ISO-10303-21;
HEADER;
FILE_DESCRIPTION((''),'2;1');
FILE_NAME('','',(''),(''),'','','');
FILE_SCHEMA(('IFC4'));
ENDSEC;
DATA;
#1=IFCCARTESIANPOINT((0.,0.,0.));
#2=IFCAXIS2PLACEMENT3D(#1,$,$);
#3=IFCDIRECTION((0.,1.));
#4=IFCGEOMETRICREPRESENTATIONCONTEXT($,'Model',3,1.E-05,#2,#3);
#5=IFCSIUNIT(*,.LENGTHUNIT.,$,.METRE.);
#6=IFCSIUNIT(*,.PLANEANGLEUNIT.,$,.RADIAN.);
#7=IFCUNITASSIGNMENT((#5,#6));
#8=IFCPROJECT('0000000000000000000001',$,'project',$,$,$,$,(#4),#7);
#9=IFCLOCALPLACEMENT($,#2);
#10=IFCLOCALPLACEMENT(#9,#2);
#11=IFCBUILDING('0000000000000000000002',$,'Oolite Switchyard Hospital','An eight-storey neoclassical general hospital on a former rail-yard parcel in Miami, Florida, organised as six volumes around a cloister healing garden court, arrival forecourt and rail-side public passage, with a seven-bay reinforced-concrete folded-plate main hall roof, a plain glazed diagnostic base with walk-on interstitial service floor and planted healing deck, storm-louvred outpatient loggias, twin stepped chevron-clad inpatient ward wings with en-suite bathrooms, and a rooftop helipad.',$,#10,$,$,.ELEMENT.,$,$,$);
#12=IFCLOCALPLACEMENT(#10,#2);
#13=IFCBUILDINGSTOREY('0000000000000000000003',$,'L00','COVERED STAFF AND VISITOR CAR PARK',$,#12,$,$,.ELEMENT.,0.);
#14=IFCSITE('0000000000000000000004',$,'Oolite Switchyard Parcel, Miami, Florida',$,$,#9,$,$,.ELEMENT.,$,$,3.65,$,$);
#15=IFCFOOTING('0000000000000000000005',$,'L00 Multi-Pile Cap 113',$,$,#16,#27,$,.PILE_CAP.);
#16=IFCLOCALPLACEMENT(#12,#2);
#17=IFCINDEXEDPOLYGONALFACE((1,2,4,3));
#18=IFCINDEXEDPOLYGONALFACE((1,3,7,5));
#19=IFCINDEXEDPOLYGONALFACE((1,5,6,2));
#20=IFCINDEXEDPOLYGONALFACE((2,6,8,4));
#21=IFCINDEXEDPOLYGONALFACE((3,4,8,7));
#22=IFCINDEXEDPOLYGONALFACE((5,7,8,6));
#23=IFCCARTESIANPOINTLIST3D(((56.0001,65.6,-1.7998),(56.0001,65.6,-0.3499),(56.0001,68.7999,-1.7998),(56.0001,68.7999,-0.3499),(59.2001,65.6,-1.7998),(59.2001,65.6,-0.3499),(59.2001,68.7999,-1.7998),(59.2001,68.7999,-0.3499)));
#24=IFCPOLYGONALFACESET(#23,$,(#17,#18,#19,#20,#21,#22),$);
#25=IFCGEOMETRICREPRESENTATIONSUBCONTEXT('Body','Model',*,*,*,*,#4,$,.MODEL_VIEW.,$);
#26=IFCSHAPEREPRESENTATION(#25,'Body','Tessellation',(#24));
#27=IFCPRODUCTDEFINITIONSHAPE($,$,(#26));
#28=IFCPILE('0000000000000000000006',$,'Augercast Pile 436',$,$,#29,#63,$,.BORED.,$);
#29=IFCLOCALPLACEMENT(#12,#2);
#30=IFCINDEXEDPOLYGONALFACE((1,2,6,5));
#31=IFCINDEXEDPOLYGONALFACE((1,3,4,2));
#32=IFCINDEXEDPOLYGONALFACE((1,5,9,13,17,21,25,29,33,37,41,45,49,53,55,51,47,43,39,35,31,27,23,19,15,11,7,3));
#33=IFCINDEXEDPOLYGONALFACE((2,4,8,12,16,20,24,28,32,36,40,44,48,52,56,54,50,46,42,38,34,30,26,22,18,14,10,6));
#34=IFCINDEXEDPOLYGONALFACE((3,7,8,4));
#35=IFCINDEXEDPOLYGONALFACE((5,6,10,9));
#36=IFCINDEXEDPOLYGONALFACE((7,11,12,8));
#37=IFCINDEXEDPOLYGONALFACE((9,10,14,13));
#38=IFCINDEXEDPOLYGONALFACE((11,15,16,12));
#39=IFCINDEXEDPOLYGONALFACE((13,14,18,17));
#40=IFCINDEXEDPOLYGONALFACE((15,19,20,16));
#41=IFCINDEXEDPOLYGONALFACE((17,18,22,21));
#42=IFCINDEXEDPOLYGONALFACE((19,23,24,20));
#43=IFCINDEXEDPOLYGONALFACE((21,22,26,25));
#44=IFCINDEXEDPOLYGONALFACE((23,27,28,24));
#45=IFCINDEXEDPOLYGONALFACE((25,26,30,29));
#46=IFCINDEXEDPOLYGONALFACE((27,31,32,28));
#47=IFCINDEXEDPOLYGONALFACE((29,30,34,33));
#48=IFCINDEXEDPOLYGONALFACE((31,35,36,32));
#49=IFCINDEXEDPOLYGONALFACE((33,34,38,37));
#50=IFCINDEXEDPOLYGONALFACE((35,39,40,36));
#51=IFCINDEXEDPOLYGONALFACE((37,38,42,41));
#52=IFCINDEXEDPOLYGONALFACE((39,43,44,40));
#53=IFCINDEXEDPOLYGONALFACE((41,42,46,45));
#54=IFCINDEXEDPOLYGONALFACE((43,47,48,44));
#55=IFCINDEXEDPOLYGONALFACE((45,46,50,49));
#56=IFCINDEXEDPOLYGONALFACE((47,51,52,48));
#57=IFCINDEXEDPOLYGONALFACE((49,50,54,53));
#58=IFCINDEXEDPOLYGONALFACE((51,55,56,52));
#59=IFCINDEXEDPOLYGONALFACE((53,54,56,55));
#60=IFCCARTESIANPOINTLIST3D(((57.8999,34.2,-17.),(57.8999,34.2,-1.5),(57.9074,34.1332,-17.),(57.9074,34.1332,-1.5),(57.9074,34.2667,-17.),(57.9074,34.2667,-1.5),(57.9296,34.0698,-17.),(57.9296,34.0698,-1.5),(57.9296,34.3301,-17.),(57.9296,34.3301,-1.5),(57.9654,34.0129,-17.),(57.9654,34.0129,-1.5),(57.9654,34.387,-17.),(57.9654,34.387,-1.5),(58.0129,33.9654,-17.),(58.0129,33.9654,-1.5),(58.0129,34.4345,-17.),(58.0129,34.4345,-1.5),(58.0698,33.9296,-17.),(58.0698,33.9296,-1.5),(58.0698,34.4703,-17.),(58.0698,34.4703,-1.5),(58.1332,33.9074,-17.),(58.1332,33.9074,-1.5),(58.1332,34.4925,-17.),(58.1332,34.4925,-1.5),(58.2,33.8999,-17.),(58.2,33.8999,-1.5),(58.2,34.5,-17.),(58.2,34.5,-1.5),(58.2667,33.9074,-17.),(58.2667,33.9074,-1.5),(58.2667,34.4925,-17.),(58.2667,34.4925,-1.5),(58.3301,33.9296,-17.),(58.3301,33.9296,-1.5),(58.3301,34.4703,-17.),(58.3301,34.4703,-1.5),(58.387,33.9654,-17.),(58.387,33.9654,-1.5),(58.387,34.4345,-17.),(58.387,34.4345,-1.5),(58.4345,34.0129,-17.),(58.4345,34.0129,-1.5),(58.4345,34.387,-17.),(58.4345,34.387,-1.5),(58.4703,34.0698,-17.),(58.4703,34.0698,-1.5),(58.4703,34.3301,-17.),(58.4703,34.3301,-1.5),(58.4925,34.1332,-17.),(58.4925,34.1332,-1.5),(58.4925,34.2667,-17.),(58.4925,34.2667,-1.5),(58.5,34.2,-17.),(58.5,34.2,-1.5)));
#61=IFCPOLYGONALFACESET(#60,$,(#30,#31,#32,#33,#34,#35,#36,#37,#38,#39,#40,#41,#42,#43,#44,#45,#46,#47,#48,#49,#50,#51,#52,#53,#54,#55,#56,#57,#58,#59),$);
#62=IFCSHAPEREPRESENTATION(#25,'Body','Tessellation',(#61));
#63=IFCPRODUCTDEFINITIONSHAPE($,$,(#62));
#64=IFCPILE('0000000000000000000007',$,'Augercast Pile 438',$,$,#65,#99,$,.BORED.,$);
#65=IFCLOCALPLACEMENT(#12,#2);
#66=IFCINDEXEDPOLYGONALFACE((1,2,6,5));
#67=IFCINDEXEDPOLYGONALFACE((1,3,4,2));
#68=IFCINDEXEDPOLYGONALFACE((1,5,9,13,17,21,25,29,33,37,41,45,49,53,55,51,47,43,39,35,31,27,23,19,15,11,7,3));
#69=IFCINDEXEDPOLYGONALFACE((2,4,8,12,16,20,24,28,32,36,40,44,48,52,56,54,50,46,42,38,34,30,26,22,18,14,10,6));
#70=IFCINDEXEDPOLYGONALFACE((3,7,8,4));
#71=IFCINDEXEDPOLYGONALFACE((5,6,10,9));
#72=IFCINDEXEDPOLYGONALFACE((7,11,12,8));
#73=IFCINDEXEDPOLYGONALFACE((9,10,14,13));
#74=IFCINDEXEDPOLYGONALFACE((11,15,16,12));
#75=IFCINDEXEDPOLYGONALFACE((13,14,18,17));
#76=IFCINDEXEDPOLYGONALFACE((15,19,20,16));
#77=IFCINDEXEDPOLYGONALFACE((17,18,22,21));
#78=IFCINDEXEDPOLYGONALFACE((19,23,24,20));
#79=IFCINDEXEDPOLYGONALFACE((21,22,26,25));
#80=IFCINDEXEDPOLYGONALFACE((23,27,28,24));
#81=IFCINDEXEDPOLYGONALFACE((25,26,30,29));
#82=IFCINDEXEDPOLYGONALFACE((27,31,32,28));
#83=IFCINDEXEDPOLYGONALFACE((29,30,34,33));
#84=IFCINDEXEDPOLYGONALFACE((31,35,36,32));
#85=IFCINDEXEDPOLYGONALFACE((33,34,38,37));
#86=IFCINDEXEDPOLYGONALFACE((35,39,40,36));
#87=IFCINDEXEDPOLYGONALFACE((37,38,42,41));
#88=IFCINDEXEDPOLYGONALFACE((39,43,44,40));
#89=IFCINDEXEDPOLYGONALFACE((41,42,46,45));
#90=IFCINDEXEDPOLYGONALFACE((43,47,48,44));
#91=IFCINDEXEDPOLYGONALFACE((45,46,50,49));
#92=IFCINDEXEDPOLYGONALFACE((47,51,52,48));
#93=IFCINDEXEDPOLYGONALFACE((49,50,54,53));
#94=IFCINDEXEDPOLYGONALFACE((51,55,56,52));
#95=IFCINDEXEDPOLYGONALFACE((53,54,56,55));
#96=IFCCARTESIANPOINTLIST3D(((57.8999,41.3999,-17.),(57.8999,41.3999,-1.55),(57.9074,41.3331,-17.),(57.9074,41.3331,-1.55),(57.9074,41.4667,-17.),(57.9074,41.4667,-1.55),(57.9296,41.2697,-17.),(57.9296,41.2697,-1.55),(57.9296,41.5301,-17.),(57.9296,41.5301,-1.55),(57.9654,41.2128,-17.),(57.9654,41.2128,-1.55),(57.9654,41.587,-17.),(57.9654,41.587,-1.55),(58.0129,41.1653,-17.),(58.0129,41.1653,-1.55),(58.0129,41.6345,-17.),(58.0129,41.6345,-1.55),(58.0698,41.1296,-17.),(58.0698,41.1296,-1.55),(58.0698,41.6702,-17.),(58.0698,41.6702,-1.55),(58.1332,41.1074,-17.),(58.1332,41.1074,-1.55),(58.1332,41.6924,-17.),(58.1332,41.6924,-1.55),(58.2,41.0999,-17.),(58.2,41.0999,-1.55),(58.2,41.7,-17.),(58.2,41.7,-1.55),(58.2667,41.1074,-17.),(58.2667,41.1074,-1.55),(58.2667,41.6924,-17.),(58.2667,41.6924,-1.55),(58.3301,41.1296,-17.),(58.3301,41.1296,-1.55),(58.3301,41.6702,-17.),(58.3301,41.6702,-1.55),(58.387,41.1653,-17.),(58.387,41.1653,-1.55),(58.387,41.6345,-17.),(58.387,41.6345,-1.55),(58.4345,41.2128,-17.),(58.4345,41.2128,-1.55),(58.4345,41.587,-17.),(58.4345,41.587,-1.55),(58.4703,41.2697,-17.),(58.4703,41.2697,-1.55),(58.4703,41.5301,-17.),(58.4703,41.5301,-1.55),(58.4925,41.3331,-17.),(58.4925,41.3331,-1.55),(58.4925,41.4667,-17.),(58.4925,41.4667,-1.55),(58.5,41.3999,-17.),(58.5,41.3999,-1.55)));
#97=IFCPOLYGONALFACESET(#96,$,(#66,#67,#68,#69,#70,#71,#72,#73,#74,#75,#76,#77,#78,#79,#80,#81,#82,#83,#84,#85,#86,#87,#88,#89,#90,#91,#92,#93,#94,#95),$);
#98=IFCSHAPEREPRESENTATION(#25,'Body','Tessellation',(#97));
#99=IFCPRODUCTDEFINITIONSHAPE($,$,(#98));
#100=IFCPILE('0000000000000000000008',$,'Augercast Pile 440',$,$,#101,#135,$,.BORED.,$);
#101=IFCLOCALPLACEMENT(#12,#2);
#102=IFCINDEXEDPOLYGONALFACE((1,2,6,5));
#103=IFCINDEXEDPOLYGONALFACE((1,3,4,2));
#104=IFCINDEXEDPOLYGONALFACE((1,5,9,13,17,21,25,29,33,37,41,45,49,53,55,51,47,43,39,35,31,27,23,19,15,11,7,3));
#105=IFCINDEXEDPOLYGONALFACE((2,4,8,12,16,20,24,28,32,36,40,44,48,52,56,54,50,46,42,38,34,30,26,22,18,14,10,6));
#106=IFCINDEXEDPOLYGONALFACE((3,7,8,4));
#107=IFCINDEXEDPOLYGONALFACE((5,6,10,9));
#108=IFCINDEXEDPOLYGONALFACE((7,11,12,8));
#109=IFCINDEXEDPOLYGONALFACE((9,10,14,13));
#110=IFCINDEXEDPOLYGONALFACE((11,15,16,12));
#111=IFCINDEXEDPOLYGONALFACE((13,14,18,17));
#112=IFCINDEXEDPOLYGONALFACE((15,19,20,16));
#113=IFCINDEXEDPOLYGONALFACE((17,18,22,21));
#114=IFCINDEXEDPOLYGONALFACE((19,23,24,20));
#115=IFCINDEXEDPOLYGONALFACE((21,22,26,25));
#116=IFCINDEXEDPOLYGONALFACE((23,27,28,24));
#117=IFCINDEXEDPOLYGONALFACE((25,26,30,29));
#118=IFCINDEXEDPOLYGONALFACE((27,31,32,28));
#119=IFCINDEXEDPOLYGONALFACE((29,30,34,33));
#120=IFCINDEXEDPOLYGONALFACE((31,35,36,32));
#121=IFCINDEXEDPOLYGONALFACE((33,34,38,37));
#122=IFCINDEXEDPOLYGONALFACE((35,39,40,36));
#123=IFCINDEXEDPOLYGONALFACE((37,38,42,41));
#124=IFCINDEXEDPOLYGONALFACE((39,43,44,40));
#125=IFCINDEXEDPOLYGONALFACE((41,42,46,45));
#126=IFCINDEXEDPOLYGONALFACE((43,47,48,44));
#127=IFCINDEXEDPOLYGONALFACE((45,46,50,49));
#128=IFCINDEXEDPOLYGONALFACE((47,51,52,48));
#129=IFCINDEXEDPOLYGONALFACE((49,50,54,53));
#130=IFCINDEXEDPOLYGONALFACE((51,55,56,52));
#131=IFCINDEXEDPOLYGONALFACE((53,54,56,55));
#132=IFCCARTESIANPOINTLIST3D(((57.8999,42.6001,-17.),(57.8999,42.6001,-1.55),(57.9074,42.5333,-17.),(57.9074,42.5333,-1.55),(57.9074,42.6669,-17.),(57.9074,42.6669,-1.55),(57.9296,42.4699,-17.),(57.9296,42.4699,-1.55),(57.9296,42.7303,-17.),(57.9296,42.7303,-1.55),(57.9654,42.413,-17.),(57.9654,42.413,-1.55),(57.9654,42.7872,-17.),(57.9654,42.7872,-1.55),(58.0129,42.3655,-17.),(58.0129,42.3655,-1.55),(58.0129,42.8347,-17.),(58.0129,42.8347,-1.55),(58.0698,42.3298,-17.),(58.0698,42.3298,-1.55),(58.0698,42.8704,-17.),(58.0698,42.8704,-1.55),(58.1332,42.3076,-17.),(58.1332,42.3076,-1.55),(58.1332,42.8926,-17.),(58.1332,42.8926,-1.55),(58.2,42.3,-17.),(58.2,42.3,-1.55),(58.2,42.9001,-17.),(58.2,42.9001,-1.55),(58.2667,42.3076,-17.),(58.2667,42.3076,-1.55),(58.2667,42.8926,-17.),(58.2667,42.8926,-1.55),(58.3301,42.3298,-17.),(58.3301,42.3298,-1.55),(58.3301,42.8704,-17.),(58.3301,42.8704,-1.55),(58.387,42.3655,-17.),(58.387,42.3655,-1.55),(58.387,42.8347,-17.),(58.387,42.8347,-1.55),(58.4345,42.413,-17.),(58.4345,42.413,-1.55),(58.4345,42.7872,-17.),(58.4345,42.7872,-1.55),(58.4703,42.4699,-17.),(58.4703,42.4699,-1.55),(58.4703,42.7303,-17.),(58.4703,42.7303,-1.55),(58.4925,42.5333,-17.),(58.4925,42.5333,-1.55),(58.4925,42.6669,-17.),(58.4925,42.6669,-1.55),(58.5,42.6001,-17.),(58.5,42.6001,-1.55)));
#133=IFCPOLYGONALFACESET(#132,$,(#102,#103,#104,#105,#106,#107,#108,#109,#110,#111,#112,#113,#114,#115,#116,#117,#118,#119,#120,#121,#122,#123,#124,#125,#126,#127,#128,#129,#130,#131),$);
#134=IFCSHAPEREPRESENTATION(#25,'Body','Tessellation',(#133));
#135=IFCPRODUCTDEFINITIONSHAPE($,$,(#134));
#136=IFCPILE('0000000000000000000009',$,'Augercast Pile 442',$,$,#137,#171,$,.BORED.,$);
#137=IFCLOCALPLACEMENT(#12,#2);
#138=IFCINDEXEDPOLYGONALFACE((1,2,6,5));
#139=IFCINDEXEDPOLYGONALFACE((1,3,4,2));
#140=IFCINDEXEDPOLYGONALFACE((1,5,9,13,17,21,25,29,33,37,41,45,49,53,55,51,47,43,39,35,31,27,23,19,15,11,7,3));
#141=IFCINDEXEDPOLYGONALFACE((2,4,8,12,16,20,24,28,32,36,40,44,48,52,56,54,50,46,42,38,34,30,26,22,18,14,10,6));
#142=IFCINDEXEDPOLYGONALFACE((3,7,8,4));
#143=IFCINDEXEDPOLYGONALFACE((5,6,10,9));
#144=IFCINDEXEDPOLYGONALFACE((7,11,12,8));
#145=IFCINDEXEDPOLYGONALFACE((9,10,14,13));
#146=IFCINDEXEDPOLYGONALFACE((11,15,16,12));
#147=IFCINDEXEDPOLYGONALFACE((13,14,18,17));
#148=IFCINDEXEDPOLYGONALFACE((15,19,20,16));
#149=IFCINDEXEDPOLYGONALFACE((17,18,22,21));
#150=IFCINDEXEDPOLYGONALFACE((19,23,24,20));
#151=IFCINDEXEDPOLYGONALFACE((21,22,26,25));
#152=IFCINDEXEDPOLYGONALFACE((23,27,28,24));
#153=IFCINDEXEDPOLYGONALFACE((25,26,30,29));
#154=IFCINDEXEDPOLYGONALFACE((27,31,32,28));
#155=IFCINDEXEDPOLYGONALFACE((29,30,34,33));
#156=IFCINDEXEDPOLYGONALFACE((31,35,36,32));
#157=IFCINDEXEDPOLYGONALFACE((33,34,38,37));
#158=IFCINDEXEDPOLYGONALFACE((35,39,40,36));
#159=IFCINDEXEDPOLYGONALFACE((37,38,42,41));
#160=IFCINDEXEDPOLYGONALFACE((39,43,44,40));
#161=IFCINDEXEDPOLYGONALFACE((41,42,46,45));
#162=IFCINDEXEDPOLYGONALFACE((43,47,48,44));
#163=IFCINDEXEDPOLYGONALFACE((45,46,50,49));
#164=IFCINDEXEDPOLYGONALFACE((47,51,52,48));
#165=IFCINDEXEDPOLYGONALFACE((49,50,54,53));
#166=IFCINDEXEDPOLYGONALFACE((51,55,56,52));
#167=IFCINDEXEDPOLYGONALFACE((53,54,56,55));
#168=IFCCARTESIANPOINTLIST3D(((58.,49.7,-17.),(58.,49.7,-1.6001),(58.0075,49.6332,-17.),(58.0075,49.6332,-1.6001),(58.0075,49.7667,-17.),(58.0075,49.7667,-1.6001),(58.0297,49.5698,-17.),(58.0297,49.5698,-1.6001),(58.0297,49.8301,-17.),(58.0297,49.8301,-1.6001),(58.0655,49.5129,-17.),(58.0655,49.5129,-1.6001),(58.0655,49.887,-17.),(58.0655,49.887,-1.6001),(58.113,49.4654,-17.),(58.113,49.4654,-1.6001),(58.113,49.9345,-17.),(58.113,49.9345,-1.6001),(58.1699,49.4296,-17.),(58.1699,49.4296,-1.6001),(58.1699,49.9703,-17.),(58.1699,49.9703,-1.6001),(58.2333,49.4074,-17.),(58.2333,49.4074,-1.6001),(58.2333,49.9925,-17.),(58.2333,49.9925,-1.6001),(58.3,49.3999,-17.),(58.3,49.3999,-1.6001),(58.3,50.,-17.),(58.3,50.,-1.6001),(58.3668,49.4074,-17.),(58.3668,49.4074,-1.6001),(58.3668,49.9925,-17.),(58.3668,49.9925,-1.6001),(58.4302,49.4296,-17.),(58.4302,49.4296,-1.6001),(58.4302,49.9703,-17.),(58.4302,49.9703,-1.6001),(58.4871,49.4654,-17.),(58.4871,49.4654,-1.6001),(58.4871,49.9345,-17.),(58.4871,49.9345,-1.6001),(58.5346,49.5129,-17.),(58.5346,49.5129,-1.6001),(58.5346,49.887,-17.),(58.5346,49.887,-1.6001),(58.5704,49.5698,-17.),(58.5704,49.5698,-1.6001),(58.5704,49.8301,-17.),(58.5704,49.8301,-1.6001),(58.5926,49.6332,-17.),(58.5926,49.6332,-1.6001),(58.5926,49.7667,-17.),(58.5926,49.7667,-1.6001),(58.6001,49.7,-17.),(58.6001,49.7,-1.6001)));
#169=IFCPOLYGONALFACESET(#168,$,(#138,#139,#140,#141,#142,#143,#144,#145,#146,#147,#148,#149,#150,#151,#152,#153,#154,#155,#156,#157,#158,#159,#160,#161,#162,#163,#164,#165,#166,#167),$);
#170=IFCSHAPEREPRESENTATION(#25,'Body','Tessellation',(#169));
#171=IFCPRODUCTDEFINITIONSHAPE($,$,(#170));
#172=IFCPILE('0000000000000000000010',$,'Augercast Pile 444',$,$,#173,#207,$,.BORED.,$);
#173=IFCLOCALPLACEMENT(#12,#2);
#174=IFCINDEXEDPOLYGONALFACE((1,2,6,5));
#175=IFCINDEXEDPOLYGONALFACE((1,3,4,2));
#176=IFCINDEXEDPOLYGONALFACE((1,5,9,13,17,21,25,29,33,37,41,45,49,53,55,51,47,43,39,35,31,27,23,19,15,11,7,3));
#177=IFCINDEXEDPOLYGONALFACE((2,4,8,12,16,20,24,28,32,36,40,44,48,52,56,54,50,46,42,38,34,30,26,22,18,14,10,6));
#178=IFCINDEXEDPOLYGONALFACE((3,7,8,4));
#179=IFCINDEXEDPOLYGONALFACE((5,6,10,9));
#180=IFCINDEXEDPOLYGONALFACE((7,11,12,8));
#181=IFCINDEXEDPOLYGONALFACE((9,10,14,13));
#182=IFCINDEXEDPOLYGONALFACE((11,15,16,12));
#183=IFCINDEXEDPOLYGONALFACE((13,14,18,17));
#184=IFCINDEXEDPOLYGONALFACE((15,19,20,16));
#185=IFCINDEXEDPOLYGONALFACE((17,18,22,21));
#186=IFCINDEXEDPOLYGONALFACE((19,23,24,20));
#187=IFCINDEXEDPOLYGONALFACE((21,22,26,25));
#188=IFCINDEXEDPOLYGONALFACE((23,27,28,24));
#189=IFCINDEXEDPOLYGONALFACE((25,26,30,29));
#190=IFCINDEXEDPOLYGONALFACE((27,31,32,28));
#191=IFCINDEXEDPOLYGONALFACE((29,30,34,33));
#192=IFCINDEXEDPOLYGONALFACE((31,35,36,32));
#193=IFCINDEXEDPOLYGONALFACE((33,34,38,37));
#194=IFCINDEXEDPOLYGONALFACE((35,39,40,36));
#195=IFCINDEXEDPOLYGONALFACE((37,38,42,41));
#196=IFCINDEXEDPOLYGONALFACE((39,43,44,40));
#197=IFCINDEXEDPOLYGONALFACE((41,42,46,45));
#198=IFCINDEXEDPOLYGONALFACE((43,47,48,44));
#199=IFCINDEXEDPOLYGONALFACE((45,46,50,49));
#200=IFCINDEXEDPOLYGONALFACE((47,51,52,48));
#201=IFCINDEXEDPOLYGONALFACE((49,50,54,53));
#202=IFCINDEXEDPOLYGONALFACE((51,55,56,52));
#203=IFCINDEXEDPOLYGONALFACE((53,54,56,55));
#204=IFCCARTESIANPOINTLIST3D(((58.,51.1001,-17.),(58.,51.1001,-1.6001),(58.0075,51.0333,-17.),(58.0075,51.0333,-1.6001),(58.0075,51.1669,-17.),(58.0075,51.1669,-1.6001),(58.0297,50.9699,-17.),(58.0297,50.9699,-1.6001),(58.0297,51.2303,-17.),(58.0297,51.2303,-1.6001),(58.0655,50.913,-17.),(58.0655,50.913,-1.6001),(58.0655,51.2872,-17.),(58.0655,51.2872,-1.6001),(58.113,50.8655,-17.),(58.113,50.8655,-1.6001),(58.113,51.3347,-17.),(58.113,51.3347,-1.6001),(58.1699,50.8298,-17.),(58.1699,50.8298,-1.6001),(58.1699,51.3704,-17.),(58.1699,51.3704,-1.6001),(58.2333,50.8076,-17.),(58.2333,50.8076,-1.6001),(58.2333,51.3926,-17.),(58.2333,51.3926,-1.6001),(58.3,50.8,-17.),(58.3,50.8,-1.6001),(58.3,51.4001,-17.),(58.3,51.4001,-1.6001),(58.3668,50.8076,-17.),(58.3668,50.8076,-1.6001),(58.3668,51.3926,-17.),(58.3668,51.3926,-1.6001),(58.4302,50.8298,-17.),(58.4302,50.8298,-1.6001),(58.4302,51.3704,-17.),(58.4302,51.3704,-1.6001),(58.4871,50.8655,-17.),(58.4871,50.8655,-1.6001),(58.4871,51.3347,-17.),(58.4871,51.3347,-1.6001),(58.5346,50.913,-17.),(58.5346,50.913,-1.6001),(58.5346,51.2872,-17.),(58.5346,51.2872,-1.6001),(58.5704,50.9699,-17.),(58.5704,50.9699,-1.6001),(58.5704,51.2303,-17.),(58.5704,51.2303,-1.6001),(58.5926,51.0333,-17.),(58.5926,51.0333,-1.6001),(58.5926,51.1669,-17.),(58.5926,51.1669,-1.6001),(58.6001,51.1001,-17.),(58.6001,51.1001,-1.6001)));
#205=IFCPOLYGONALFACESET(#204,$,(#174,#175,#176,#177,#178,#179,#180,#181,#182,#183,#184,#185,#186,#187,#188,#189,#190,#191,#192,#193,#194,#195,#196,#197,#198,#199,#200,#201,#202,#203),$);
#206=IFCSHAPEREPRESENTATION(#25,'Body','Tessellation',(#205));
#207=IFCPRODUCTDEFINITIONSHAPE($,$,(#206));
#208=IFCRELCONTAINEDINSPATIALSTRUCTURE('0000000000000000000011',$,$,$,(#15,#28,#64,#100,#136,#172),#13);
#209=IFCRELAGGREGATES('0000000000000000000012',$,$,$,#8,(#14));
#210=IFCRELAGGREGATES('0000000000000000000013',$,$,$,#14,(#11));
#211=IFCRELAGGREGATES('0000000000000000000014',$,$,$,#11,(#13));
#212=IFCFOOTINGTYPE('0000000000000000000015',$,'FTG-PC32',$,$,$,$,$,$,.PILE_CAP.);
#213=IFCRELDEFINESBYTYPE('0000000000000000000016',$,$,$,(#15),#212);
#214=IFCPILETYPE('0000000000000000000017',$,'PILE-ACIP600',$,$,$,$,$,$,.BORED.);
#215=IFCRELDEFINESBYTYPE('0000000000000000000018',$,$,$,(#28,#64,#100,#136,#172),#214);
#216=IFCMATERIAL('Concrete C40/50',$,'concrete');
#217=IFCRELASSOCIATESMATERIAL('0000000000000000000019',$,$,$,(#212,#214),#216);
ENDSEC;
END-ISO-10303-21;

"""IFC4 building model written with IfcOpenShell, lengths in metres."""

from ifc_helpers import new_model, si_unit, direction, frame, origin, origin_2d, place, context, subcontext, project, spatial, rectangle, circle, extrude, material, material_profile, profile_set, type_object, element, save


model = new_model("IFC4")

# Units and contexts
model_context = context("Model", 3, precision=1e-05, world=origin(), true_north=direction((0.0, 1.0)))
body_context = subcontext(model_context, "Body", "Model", "MODEL_VIEW")
ifc_project = project(units=[si_unit("LENGTHUNIT", "METRE"), si_unit("PLANEANGLEUNIT", "RADIAN")], contexts=[model_context])

# Site, building, storey
site_placement = place(None, origin())
site = spatial("IfcSite", under=ifc_project, at=site_placement, Name="Oolite Switchyard Parcel, Miami, Florida", CompositionType="ELEMENT", RefElevation=3.65)
building_placement = place(site_placement, origin())
building = spatial("IfcBuilding", under=site, at=building_placement, Name="Oolite Switchyard Hospital", Description="An eight-storey neoclassical general hospital on a former rail-yard parcel in Miami, Florida, organised as six volumes around a cloister healing garden court, arrival forecourt and rail-side public passage, with a seven-bay reinforced-concrete folded-plate main hall roof, a plain glazed diagnostic base with walk-on interstitial service floor and planted healing deck, storm-louvred outpatient loggias, twin stepped chevron-clad inpatient ward wings with en-suite bathrooms, and a rooftop helipad.", CompositionType="ELEMENT")
storey_placement = place(building_placement, origin())
storey = spatial("IfcBuildingStorey", under=building, at=storey_placement, Name="L00", Description="COVERED STAFF AND VISITOR CAR PARK", CompositionType="ELEMENT", Elevation=0.0)

# Footing
ifc_material_1 = material(Name="Concrete C40/50", Category="concrete")
footing_type = type_object("IfcFootingType", Name="FTG-PC32", PredefinedType="PILE_CAP", material=ifc_material_1)
footing_placement = place(storey_placement, frame((57.6001, 67.2, -1.7998), z_axis=(0.0, 0.0, 1.0), x_axis=(1.0, 0.0, 0.0)))
element("IfcFooting", 1, at=footing_placement, inside=storey, type_object=footing_type, Name="L00 Multi-Pile Cap 113", PredefinedType="PILE_CAP", context=body_context, shape_type="SweptSolid", body=[
    extrude(rectangle(XDim=3.2, YDim=3.2, at=origin_2d()), origin(), (0.0, 0.0, 1.0), 1.45),
])

# Piles
ifc_material_profile_1 = material_profile(ifc_material_1, circle(Radius=0.3, at=origin_2d()), Name="PILE600")
ifc_profile_set_1 = profile_set([ifc_material_profile_1], Name="Concrete C40/50")
pile_type = type_object("IfcPileType", Name="PILE-ACIP600", PredefinedType="BORED", material=ifc_profile_set_1)
pile_1_placement = place(storey_placement, frame((58.2, 34.2, -1.5), z_axis=(0.0, 0.0, -1.0), x_axis=(1.0, 0.0, 0.0)))
element("IfcPile", 2, at=pile_1_placement, inside=storey, type_object=pile_type, Name="Augercast Pile 436", PredefinedType="BORED", context=body_context, shape_type="SweptSolid", body=[
    extrude(circle(Radius=0.3, at=origin_2d()), origin(), (0.0, 0.0, 1.0), 15.5),
])
for number, where, z_axis, x_axis, name in (
    (3, (58.2, 41.3999, -1.55), (0.0, 0.0, -1.0), (1.0, 0.0, 0.0), "Augercast Pile 438"),
    (4, (58.2, 42.6001, -1.55), (0.0, 0.0, -1.0), (1.0, 0.0, 0.0), "Augercast Pile 440"),
):
    element("IfcPile", number, at=place(storey_placement, frame(where, z_axis=z_axis, x_axis=x_axis)), inside=storey, type_object=pile_type, Name=name, PredefinedType="BORED", context=body_context, shape_type="SweptSolid", body=[
        extrude(circle(Radius=0.3, at=origin_2d()), origin(), (0.0, 0.0, 1.0), 15.45),
    ])
for number, where, z_axis, x_axis, name in (
    (5, (58.3, 49.7, -1.6001), (0.0, 0.0, -1.0), (1.0, 0.0, 0.0), "Augercast Pile 442"),
    (6, (58.3, 51.1001, -1.6001), (0.0, 0.0, -1.0), (1.0, 0.0, 0.0), "Augercast Pile 444"),
):
    element("IfcPile", number, at=place(storey_placement, frame(where, z_axis=z_axis, x_axis=x_axis)), inside=storey, type_object=pile_type, Name=name, PredefinedType="BORED", context=body_context, shape_type="SweptSolid", body=[
        extrude(circle(Radius=0.3, at=origin_2d()), origin(), (0.0, 0.0, 1.0), 15.3999),
    ])

save(model, "model.ifc")
